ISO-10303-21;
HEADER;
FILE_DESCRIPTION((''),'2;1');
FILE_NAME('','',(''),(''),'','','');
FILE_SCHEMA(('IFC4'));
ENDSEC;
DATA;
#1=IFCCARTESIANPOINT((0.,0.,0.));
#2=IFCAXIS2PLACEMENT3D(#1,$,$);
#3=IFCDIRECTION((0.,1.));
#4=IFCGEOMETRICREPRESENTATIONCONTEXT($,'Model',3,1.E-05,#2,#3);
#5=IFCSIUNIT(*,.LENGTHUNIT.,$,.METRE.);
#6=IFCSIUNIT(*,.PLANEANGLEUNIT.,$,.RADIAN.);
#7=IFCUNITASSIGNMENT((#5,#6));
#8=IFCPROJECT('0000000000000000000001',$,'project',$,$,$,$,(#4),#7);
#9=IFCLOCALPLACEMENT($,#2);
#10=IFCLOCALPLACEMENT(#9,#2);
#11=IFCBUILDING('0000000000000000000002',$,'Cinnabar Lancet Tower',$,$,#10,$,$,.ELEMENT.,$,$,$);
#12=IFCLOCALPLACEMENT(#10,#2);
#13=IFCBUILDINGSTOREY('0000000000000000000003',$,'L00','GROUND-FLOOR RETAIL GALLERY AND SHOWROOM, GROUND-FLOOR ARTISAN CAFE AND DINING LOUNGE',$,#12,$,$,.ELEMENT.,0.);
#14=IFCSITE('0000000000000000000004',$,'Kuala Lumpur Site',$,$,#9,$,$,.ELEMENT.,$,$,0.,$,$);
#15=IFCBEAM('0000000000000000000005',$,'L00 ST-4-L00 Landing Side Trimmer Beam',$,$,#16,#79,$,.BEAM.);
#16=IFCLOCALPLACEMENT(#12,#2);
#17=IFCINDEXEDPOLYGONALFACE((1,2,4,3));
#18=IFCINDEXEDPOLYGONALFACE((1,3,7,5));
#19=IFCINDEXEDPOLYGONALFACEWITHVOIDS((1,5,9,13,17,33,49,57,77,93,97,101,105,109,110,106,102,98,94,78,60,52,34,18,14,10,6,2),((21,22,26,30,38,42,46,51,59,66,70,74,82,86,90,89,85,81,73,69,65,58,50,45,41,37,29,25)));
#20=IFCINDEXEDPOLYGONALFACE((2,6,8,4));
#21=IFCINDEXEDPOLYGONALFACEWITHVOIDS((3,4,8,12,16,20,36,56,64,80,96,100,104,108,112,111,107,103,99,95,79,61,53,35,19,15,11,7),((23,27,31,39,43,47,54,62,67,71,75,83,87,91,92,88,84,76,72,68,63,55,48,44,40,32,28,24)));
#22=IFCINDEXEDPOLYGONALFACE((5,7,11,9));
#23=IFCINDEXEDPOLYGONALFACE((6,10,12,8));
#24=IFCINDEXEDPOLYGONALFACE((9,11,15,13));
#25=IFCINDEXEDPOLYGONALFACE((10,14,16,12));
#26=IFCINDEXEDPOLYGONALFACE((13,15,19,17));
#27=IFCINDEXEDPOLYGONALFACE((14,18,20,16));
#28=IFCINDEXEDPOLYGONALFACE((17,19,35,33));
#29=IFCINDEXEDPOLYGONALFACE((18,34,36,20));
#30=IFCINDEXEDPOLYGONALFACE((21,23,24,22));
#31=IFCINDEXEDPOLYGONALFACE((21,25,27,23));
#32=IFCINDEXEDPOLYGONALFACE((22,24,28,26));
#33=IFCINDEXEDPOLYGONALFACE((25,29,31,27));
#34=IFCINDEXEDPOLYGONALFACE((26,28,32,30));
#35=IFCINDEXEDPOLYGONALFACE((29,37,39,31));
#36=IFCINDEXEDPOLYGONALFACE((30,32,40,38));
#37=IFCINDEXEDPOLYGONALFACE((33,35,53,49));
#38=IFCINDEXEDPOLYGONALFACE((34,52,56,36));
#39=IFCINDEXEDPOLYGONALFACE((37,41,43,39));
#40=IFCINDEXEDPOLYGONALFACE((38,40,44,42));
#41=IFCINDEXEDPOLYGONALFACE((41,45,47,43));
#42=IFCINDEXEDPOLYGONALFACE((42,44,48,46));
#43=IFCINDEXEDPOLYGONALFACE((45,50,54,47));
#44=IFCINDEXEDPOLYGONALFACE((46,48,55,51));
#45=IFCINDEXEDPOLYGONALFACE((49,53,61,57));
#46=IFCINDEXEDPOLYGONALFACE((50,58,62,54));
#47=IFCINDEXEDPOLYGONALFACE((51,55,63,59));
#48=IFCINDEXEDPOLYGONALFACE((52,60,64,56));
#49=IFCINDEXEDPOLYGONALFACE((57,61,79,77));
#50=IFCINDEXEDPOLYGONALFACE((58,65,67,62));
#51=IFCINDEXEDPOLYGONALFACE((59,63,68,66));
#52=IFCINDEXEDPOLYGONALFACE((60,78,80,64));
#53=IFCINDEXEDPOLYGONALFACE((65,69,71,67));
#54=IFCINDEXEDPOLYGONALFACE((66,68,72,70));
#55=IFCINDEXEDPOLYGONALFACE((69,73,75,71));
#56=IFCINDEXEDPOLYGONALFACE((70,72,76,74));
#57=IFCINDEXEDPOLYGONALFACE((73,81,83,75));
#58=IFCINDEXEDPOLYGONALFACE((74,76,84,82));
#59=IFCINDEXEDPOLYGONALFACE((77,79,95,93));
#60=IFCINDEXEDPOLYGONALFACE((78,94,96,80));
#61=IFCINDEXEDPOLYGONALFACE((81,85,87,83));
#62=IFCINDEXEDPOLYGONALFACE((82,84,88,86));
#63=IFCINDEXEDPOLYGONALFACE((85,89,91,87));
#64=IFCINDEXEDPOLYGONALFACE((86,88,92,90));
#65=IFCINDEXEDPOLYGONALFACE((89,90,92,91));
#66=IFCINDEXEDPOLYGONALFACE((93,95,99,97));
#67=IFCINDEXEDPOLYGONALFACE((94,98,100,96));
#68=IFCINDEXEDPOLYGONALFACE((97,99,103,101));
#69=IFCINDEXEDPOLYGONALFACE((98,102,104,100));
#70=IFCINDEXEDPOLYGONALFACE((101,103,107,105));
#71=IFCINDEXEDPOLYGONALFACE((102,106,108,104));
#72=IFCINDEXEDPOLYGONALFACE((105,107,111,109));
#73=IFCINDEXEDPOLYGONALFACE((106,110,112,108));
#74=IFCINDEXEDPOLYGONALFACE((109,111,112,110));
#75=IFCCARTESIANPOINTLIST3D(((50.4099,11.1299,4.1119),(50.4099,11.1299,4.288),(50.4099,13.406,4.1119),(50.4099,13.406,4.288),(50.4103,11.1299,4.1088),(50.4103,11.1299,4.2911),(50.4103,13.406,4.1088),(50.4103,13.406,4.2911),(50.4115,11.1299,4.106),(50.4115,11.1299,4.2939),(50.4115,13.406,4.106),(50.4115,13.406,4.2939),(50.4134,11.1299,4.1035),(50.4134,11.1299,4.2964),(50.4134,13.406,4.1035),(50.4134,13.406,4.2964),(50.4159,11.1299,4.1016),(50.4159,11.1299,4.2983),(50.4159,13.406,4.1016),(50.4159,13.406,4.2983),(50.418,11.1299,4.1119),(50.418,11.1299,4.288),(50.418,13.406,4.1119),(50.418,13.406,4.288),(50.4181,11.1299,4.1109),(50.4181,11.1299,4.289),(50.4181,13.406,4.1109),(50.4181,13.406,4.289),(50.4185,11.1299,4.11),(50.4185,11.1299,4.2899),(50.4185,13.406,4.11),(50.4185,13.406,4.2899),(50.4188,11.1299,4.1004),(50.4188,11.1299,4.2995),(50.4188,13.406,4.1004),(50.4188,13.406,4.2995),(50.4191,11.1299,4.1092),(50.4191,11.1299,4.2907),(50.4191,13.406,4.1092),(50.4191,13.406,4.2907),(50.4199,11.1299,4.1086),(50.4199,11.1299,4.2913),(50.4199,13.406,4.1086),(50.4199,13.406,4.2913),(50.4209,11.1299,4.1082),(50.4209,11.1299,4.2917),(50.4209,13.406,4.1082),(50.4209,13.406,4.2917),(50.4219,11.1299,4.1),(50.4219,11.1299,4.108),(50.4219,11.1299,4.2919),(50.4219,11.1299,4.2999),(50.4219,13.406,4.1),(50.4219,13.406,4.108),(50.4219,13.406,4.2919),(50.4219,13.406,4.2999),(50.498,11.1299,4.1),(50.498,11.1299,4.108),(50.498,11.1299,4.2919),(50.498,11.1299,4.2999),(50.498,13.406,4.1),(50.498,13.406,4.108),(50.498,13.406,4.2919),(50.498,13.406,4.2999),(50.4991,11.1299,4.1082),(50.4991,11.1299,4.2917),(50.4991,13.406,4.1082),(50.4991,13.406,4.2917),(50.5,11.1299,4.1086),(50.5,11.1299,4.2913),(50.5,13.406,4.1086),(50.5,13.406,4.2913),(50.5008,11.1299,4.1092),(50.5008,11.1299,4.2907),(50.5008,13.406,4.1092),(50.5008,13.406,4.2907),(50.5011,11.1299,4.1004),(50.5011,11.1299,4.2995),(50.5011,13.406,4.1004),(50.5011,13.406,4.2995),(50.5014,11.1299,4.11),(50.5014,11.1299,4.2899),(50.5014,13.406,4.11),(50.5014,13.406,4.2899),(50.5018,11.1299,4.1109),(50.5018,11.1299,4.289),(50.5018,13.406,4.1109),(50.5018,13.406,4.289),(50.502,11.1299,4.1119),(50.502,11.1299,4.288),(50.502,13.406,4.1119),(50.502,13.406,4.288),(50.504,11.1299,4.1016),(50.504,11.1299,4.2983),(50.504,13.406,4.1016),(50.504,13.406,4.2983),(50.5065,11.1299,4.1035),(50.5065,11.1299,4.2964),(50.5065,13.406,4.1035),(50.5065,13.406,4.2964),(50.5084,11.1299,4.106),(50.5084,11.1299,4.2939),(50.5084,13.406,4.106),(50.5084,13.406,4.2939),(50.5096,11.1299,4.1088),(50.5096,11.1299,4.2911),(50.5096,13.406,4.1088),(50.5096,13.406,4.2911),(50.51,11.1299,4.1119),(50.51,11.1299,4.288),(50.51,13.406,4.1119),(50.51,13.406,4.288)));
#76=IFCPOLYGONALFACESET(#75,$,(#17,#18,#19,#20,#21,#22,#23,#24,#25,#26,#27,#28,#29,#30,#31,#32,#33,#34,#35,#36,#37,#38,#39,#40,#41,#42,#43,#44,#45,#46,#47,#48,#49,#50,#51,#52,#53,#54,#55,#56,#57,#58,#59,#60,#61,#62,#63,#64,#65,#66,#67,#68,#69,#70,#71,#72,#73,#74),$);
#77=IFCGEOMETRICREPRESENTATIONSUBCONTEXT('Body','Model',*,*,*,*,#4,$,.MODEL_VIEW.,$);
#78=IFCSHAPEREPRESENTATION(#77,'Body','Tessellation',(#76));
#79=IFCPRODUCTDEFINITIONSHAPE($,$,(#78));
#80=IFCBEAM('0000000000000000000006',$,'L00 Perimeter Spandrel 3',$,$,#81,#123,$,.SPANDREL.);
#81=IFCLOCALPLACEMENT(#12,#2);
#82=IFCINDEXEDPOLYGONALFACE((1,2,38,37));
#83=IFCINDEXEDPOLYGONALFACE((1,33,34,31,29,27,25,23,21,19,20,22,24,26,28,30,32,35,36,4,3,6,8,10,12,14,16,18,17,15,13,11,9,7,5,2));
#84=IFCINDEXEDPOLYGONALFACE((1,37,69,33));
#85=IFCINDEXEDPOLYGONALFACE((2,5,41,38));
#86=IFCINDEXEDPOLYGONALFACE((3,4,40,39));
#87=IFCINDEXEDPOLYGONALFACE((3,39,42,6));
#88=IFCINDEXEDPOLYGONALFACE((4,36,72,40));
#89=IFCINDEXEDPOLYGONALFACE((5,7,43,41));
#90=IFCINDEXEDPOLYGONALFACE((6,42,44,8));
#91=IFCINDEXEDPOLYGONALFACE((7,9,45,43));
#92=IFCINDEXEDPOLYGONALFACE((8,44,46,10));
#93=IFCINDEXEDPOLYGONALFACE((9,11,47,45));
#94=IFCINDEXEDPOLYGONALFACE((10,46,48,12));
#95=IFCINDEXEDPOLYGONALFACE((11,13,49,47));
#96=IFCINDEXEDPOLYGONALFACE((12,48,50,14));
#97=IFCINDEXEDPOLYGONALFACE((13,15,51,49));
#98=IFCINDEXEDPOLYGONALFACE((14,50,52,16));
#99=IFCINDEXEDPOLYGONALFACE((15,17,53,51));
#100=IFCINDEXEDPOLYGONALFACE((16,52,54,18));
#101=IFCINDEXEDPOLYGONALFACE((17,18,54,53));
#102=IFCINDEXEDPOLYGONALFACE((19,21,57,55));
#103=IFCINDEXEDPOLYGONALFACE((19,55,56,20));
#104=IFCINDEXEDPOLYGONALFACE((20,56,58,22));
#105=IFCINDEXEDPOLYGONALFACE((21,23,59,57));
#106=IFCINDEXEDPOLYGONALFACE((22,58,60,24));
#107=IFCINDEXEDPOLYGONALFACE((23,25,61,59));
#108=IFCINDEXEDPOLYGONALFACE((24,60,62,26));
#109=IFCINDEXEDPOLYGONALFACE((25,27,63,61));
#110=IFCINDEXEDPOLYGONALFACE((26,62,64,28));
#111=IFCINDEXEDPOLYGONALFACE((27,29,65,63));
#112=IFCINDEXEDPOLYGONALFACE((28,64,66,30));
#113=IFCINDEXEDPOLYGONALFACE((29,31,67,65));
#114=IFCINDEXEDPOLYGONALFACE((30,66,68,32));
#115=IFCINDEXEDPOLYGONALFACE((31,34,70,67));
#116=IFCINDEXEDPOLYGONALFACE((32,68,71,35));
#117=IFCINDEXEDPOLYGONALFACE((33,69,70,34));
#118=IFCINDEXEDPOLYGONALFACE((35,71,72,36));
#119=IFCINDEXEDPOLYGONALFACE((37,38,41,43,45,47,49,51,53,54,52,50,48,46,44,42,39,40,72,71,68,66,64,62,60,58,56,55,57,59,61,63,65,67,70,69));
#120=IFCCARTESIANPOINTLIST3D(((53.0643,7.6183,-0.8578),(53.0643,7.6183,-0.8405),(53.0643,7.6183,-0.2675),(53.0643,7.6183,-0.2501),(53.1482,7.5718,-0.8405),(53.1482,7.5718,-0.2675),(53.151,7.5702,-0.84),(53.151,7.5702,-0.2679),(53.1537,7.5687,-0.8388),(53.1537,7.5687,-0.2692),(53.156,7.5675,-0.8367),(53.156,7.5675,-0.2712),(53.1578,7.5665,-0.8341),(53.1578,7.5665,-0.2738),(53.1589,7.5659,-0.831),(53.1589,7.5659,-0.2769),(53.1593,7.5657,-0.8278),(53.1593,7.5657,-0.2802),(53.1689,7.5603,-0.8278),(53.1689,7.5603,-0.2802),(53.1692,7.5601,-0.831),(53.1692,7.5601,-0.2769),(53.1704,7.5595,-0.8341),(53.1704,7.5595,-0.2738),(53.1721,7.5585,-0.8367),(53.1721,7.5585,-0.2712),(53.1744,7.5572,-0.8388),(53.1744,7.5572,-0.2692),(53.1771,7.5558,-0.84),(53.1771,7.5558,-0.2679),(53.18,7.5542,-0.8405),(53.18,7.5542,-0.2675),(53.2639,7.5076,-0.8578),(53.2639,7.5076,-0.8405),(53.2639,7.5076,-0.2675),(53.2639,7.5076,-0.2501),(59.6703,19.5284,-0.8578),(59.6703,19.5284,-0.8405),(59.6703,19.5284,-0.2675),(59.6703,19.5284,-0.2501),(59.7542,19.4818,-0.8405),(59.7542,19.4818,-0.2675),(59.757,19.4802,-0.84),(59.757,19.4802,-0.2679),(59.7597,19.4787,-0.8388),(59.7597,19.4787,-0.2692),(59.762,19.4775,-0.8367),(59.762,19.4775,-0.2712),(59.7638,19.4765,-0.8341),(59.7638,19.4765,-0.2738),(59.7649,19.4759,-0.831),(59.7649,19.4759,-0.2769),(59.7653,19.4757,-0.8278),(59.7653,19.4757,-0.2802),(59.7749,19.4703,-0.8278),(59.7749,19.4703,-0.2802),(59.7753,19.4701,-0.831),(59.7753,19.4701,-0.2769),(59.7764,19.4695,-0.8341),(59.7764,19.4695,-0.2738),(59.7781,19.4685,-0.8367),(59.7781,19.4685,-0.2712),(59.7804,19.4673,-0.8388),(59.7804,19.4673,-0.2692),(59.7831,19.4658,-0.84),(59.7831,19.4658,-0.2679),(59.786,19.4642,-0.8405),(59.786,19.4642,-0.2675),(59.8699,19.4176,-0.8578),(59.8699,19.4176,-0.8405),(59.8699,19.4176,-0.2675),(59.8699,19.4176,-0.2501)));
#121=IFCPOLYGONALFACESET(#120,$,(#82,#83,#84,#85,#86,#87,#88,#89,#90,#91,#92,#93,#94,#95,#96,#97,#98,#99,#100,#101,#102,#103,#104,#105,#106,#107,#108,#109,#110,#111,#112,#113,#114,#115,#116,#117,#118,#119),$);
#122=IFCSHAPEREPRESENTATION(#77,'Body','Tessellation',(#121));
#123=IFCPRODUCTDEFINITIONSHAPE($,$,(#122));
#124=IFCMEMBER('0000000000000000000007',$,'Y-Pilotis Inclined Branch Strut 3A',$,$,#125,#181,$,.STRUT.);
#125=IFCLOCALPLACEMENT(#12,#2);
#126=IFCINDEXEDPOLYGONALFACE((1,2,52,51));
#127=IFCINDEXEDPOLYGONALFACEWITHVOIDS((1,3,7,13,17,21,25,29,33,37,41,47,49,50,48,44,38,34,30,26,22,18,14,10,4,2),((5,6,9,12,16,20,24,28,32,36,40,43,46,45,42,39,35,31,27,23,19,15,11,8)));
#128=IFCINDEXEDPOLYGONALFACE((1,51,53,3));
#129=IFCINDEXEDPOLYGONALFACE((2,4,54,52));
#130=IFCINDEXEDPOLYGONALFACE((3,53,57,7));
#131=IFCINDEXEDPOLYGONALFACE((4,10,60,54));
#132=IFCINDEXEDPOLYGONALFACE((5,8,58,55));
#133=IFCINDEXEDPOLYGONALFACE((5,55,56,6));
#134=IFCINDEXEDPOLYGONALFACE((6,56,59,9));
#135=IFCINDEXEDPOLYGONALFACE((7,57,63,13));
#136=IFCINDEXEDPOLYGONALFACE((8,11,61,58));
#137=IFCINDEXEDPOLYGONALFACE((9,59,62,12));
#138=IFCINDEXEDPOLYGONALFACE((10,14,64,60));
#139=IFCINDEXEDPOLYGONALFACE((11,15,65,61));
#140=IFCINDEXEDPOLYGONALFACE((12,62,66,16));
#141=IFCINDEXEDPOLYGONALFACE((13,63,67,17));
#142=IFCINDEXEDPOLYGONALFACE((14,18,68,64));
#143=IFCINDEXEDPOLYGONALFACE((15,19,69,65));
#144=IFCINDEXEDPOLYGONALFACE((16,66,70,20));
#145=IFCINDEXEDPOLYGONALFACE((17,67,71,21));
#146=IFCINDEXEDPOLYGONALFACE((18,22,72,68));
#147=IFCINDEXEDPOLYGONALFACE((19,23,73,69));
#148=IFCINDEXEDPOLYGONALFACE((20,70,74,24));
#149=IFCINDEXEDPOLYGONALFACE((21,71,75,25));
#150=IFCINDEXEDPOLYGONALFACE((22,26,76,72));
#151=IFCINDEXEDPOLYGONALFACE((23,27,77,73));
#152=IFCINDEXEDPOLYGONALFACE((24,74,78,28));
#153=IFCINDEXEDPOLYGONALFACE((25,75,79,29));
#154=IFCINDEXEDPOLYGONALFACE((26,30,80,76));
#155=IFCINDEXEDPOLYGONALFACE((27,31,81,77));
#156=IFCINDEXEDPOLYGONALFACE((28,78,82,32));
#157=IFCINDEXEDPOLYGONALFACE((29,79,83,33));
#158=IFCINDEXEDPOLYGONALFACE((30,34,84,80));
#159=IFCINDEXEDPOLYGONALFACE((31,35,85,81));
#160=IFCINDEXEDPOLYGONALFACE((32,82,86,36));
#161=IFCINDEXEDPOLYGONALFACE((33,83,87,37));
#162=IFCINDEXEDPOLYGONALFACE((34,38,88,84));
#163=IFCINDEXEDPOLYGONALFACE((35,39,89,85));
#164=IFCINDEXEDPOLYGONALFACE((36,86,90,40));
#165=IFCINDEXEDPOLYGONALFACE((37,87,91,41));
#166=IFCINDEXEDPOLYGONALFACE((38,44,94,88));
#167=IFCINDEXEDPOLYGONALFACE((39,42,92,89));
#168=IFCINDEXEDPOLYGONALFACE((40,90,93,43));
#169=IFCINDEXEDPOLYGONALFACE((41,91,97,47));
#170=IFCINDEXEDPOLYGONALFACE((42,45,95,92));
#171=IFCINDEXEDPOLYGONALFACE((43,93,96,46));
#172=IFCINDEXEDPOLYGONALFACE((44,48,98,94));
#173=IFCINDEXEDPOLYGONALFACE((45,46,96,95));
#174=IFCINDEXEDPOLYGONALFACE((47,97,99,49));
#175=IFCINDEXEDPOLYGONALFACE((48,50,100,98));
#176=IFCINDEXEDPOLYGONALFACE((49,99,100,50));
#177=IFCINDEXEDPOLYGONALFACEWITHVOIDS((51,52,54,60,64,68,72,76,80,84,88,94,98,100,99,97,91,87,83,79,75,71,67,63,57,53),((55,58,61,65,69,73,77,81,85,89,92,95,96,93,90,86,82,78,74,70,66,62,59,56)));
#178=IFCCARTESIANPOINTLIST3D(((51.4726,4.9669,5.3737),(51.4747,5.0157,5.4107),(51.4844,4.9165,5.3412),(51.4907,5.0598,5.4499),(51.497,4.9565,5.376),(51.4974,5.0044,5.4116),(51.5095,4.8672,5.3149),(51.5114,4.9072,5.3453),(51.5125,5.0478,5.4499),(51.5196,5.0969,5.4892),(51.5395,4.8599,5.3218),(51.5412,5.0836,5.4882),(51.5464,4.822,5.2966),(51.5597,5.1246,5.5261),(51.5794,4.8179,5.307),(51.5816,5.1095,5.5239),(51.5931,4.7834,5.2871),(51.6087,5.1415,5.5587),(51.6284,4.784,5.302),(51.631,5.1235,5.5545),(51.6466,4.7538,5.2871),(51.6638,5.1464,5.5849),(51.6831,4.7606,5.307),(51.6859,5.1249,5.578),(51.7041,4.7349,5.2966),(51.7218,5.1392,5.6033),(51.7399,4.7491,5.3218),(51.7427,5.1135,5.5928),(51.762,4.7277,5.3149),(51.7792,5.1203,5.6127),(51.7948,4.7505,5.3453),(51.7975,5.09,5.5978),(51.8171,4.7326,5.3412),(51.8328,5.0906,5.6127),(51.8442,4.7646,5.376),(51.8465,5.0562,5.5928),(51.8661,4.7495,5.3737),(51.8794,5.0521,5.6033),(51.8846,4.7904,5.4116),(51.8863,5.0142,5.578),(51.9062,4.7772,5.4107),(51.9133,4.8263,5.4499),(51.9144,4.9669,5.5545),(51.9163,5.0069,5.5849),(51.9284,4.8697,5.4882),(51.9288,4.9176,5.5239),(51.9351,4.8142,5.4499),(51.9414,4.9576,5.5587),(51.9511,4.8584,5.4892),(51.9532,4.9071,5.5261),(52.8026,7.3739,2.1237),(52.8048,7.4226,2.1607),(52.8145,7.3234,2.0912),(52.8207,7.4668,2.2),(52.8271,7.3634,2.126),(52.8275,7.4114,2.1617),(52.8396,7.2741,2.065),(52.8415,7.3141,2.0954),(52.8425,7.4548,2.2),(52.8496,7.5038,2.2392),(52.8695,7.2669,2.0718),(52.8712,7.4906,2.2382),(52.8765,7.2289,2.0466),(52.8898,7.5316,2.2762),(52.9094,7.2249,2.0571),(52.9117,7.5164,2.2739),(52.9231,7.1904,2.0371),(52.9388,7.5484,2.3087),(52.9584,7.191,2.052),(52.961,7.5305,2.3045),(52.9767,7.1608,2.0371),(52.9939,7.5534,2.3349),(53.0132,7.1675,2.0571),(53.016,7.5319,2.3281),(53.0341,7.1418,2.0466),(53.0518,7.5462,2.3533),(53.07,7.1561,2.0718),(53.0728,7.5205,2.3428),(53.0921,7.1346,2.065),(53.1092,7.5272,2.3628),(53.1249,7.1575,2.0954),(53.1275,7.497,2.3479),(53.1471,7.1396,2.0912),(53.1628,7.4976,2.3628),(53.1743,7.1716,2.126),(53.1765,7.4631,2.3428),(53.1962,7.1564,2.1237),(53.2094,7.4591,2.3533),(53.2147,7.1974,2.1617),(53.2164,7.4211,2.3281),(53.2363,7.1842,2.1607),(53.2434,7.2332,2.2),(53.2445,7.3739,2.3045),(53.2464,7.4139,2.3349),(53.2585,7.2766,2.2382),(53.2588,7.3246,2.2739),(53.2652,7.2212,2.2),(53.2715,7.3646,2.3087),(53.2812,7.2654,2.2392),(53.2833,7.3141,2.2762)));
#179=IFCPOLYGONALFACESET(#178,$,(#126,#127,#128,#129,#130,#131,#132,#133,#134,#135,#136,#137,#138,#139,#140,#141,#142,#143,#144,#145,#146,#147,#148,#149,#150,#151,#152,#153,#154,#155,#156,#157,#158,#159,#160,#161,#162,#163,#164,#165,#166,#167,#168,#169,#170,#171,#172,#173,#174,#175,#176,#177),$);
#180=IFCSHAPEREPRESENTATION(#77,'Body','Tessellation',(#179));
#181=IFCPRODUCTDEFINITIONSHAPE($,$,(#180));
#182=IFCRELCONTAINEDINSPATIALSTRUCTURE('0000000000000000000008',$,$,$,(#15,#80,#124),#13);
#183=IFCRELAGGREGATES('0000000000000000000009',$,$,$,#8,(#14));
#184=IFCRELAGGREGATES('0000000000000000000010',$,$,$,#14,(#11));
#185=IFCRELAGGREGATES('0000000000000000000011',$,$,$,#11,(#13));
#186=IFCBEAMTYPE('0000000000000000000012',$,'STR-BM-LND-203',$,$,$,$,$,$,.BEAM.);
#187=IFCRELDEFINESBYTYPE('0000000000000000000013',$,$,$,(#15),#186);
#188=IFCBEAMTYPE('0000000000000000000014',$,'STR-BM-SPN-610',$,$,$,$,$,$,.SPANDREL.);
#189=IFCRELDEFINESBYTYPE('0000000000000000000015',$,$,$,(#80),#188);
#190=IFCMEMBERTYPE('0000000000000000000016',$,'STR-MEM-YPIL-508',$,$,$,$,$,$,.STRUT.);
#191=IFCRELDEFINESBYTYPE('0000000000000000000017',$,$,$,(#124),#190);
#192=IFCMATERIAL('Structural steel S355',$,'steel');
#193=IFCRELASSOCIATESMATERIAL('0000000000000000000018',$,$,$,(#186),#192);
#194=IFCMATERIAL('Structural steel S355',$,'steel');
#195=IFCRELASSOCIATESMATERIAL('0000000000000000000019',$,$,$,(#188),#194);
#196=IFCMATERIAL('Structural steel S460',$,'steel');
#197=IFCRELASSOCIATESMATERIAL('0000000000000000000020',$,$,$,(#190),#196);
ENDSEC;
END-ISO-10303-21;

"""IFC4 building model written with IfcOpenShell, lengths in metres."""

from ifc_helpers import new_model, si_unit, direction, frame, origin, origin_2d, place, context, subcontext, project, spatial, hollow_rectangle, hollow_circle, i_section, extrude, material, material_profile, profile_set, type_object, element, save


model = new_model("IFC4")

# Units and contexts
model_context = context("Model", 3, precision=1e-05, world=origin(), true_north=direction((0.0, 1.0)))
body_context = subcontext(model_context, "Body", "Model", "MODEL_VIEW")
ifc_project = project(units=[si_unit("LENGTHUNIT", "METRE"), si_unit("PLANEANGLEUNIT", "RADIAN")], contexts=[model_context])

# Site, building, storey
site_placement = place(None, origin())
site = spatial("IfcSite", under=ifc_project, at=site_placement, Name="Kuala Lumpur Site", CompositionType="ELEMENT", RefElevation=0.0)
building_placement = place(site_placement, origin())
building = spatial("IfcBuilding", under=site, at=building_placement, Name="Cinnabar Lancet Tower", CompositionType="ELEMENT")
storey_placement = place(building_placement, origin())
storey = spatial("IfcBuildingStorey", under=building, at=storey_placement, Name="L00", Description="GROUND-FLOOR RETAIL GALLERY AND SHOWROOM, GROUND-FLOOR ARTISAN CAFE AND DINING LOUNGE", CompositionType="ELEMENT", Elevation=0.0)

# Beams
ifc_material_1 = material(Name="Structural steel S355", Category="steel")
ifc_material_profile_1 = material_profile(ifc_material_1, hollow_rectangle(XDim=0.1001, YDim=0.2, WallThickness=0.0081, InnerFilletRadius=0.0039, OuterFilletRadius=0.012, at=origin_2d()), Name="RHS 200x100x8")
ifc_profile_set_1 = profile_set([ifc_material_profile_1], Name="Structural steel S355")
beam_type_1 = type_object("IfcBeamType", Name="STR-BM-LND-203", PredefinedType="BEAM", material=ifc_profile_set_1)
for number, where, z_axis, x_axis, name in (
    (1, (50.46, 11.1299, 4.2), (0.0, 1.0, 0.0), (-1.0, 0.0, 0.0), "L00 ST-4-L00 Landing Side Trimmer Beam"),
):
    element("IfcBeam", number, at=place(storey_placement, frame(where, z_axis=z_axis, x_axis=x_axis)), inside=storey, type_object=beam_type_1, Name=name, PredefinedType="BEAM", context=body_context, shape_type="SweptSolid", body=[
        extrude(hollow_rectangle(XDim=0.1001, YDim=0.2, WallThickness=0.0081, InnerFilletRadius=0.0039, OuterFilletRadius=0.012, at=origin_2d()), origin(), (0.0, 0.0, 1.0), 2.2761),
    ])
ifc_material_2 = material(Name="Structural steel S355", Category="steel")
ifc_material_profile_2 = material_profile(ifc_material_2, i_section(OverallWidth=0.2283, OverallDepth=0.6077, WebThickness=0.011, FlangeThickness=0.0173, FilletRadius=0.0127, at=origin_2d()), Name="UKB 610x229x113")
ifc_profile_set_2 = profile_set([ifc_material_profile_2], Name="Structural steel S355")
beam_type_2 = type_object("IfcBeamType", Name="STR-BM-SPN-610", PredefinedType="SPANDREL", material=ifc_profile_set_2)
beam_placement = place(storey_placement, frame((53.1641, 7.563, -0.554), z_axis=(0.485045, 0.874489, 0.0), x_axis=(-0.874489, 0.485045, 0.0)))
element("IfcBeam", 2, at=beam_placement, inside=storey, type_object=beam_type_2, Name="L00 Perimeter Spandrel 3", PredefinedType="SPANDREL", context=body_context, shape_type="SweptSolid", body=[
    extrude(i_section(OverallWidth=0.2283, OverallDepth=0.6077, WebThickness=0.011, FlangeThickness=0.0173, FilletRadius=0.0127, at=origin_2d()), origin(), (0.0, 0.0, 1.0), 13.6194),
])

# Member
ifc_material_3 = material(Name="Structural steel S460", Category="steel")
ifc_material_profile_3 = material_profile(ifc_material_3, hollow_circle(Radius=0.2539, WallThickness=0.0249, at=origin_2d()), Name="CHS 508x25")
ifc_profile_set_3 = profile_set([ifc_material_profile_3], Name="Structural steel S460")
member_type_1 = type_object("IfcMemberType", Name="STR-MEM-YPIL-508", PredefinedType="STRUT", material=ifc_profile_set_3)
for number, where, z_axis, x_axis, name in (
    (3, (53.043, 7.344, 2.2), (-0.312418, -0.565369, 0.763383), (0.875256, -0.483659, 0.0), "Y-Pilotis Inclined Branch Strut 3A"),
):
    element("IfcMember", number, at=place(storey_placement, frame(where, z_axis=z_axis, x_axis=x_axis)), inside=storey, type_object=member_type_1, Name=name, PredefinedType="STRUT", context=body_context, shape_type="SweptSolid", body=[
        extrude(hollow_circle(Radius=0.2539, WallThickness=0.0249, at=origin_2d()), origin(), (0.0, 0.0, 1.0), 4.2573),
    ])

save(model, "model.ifc")
